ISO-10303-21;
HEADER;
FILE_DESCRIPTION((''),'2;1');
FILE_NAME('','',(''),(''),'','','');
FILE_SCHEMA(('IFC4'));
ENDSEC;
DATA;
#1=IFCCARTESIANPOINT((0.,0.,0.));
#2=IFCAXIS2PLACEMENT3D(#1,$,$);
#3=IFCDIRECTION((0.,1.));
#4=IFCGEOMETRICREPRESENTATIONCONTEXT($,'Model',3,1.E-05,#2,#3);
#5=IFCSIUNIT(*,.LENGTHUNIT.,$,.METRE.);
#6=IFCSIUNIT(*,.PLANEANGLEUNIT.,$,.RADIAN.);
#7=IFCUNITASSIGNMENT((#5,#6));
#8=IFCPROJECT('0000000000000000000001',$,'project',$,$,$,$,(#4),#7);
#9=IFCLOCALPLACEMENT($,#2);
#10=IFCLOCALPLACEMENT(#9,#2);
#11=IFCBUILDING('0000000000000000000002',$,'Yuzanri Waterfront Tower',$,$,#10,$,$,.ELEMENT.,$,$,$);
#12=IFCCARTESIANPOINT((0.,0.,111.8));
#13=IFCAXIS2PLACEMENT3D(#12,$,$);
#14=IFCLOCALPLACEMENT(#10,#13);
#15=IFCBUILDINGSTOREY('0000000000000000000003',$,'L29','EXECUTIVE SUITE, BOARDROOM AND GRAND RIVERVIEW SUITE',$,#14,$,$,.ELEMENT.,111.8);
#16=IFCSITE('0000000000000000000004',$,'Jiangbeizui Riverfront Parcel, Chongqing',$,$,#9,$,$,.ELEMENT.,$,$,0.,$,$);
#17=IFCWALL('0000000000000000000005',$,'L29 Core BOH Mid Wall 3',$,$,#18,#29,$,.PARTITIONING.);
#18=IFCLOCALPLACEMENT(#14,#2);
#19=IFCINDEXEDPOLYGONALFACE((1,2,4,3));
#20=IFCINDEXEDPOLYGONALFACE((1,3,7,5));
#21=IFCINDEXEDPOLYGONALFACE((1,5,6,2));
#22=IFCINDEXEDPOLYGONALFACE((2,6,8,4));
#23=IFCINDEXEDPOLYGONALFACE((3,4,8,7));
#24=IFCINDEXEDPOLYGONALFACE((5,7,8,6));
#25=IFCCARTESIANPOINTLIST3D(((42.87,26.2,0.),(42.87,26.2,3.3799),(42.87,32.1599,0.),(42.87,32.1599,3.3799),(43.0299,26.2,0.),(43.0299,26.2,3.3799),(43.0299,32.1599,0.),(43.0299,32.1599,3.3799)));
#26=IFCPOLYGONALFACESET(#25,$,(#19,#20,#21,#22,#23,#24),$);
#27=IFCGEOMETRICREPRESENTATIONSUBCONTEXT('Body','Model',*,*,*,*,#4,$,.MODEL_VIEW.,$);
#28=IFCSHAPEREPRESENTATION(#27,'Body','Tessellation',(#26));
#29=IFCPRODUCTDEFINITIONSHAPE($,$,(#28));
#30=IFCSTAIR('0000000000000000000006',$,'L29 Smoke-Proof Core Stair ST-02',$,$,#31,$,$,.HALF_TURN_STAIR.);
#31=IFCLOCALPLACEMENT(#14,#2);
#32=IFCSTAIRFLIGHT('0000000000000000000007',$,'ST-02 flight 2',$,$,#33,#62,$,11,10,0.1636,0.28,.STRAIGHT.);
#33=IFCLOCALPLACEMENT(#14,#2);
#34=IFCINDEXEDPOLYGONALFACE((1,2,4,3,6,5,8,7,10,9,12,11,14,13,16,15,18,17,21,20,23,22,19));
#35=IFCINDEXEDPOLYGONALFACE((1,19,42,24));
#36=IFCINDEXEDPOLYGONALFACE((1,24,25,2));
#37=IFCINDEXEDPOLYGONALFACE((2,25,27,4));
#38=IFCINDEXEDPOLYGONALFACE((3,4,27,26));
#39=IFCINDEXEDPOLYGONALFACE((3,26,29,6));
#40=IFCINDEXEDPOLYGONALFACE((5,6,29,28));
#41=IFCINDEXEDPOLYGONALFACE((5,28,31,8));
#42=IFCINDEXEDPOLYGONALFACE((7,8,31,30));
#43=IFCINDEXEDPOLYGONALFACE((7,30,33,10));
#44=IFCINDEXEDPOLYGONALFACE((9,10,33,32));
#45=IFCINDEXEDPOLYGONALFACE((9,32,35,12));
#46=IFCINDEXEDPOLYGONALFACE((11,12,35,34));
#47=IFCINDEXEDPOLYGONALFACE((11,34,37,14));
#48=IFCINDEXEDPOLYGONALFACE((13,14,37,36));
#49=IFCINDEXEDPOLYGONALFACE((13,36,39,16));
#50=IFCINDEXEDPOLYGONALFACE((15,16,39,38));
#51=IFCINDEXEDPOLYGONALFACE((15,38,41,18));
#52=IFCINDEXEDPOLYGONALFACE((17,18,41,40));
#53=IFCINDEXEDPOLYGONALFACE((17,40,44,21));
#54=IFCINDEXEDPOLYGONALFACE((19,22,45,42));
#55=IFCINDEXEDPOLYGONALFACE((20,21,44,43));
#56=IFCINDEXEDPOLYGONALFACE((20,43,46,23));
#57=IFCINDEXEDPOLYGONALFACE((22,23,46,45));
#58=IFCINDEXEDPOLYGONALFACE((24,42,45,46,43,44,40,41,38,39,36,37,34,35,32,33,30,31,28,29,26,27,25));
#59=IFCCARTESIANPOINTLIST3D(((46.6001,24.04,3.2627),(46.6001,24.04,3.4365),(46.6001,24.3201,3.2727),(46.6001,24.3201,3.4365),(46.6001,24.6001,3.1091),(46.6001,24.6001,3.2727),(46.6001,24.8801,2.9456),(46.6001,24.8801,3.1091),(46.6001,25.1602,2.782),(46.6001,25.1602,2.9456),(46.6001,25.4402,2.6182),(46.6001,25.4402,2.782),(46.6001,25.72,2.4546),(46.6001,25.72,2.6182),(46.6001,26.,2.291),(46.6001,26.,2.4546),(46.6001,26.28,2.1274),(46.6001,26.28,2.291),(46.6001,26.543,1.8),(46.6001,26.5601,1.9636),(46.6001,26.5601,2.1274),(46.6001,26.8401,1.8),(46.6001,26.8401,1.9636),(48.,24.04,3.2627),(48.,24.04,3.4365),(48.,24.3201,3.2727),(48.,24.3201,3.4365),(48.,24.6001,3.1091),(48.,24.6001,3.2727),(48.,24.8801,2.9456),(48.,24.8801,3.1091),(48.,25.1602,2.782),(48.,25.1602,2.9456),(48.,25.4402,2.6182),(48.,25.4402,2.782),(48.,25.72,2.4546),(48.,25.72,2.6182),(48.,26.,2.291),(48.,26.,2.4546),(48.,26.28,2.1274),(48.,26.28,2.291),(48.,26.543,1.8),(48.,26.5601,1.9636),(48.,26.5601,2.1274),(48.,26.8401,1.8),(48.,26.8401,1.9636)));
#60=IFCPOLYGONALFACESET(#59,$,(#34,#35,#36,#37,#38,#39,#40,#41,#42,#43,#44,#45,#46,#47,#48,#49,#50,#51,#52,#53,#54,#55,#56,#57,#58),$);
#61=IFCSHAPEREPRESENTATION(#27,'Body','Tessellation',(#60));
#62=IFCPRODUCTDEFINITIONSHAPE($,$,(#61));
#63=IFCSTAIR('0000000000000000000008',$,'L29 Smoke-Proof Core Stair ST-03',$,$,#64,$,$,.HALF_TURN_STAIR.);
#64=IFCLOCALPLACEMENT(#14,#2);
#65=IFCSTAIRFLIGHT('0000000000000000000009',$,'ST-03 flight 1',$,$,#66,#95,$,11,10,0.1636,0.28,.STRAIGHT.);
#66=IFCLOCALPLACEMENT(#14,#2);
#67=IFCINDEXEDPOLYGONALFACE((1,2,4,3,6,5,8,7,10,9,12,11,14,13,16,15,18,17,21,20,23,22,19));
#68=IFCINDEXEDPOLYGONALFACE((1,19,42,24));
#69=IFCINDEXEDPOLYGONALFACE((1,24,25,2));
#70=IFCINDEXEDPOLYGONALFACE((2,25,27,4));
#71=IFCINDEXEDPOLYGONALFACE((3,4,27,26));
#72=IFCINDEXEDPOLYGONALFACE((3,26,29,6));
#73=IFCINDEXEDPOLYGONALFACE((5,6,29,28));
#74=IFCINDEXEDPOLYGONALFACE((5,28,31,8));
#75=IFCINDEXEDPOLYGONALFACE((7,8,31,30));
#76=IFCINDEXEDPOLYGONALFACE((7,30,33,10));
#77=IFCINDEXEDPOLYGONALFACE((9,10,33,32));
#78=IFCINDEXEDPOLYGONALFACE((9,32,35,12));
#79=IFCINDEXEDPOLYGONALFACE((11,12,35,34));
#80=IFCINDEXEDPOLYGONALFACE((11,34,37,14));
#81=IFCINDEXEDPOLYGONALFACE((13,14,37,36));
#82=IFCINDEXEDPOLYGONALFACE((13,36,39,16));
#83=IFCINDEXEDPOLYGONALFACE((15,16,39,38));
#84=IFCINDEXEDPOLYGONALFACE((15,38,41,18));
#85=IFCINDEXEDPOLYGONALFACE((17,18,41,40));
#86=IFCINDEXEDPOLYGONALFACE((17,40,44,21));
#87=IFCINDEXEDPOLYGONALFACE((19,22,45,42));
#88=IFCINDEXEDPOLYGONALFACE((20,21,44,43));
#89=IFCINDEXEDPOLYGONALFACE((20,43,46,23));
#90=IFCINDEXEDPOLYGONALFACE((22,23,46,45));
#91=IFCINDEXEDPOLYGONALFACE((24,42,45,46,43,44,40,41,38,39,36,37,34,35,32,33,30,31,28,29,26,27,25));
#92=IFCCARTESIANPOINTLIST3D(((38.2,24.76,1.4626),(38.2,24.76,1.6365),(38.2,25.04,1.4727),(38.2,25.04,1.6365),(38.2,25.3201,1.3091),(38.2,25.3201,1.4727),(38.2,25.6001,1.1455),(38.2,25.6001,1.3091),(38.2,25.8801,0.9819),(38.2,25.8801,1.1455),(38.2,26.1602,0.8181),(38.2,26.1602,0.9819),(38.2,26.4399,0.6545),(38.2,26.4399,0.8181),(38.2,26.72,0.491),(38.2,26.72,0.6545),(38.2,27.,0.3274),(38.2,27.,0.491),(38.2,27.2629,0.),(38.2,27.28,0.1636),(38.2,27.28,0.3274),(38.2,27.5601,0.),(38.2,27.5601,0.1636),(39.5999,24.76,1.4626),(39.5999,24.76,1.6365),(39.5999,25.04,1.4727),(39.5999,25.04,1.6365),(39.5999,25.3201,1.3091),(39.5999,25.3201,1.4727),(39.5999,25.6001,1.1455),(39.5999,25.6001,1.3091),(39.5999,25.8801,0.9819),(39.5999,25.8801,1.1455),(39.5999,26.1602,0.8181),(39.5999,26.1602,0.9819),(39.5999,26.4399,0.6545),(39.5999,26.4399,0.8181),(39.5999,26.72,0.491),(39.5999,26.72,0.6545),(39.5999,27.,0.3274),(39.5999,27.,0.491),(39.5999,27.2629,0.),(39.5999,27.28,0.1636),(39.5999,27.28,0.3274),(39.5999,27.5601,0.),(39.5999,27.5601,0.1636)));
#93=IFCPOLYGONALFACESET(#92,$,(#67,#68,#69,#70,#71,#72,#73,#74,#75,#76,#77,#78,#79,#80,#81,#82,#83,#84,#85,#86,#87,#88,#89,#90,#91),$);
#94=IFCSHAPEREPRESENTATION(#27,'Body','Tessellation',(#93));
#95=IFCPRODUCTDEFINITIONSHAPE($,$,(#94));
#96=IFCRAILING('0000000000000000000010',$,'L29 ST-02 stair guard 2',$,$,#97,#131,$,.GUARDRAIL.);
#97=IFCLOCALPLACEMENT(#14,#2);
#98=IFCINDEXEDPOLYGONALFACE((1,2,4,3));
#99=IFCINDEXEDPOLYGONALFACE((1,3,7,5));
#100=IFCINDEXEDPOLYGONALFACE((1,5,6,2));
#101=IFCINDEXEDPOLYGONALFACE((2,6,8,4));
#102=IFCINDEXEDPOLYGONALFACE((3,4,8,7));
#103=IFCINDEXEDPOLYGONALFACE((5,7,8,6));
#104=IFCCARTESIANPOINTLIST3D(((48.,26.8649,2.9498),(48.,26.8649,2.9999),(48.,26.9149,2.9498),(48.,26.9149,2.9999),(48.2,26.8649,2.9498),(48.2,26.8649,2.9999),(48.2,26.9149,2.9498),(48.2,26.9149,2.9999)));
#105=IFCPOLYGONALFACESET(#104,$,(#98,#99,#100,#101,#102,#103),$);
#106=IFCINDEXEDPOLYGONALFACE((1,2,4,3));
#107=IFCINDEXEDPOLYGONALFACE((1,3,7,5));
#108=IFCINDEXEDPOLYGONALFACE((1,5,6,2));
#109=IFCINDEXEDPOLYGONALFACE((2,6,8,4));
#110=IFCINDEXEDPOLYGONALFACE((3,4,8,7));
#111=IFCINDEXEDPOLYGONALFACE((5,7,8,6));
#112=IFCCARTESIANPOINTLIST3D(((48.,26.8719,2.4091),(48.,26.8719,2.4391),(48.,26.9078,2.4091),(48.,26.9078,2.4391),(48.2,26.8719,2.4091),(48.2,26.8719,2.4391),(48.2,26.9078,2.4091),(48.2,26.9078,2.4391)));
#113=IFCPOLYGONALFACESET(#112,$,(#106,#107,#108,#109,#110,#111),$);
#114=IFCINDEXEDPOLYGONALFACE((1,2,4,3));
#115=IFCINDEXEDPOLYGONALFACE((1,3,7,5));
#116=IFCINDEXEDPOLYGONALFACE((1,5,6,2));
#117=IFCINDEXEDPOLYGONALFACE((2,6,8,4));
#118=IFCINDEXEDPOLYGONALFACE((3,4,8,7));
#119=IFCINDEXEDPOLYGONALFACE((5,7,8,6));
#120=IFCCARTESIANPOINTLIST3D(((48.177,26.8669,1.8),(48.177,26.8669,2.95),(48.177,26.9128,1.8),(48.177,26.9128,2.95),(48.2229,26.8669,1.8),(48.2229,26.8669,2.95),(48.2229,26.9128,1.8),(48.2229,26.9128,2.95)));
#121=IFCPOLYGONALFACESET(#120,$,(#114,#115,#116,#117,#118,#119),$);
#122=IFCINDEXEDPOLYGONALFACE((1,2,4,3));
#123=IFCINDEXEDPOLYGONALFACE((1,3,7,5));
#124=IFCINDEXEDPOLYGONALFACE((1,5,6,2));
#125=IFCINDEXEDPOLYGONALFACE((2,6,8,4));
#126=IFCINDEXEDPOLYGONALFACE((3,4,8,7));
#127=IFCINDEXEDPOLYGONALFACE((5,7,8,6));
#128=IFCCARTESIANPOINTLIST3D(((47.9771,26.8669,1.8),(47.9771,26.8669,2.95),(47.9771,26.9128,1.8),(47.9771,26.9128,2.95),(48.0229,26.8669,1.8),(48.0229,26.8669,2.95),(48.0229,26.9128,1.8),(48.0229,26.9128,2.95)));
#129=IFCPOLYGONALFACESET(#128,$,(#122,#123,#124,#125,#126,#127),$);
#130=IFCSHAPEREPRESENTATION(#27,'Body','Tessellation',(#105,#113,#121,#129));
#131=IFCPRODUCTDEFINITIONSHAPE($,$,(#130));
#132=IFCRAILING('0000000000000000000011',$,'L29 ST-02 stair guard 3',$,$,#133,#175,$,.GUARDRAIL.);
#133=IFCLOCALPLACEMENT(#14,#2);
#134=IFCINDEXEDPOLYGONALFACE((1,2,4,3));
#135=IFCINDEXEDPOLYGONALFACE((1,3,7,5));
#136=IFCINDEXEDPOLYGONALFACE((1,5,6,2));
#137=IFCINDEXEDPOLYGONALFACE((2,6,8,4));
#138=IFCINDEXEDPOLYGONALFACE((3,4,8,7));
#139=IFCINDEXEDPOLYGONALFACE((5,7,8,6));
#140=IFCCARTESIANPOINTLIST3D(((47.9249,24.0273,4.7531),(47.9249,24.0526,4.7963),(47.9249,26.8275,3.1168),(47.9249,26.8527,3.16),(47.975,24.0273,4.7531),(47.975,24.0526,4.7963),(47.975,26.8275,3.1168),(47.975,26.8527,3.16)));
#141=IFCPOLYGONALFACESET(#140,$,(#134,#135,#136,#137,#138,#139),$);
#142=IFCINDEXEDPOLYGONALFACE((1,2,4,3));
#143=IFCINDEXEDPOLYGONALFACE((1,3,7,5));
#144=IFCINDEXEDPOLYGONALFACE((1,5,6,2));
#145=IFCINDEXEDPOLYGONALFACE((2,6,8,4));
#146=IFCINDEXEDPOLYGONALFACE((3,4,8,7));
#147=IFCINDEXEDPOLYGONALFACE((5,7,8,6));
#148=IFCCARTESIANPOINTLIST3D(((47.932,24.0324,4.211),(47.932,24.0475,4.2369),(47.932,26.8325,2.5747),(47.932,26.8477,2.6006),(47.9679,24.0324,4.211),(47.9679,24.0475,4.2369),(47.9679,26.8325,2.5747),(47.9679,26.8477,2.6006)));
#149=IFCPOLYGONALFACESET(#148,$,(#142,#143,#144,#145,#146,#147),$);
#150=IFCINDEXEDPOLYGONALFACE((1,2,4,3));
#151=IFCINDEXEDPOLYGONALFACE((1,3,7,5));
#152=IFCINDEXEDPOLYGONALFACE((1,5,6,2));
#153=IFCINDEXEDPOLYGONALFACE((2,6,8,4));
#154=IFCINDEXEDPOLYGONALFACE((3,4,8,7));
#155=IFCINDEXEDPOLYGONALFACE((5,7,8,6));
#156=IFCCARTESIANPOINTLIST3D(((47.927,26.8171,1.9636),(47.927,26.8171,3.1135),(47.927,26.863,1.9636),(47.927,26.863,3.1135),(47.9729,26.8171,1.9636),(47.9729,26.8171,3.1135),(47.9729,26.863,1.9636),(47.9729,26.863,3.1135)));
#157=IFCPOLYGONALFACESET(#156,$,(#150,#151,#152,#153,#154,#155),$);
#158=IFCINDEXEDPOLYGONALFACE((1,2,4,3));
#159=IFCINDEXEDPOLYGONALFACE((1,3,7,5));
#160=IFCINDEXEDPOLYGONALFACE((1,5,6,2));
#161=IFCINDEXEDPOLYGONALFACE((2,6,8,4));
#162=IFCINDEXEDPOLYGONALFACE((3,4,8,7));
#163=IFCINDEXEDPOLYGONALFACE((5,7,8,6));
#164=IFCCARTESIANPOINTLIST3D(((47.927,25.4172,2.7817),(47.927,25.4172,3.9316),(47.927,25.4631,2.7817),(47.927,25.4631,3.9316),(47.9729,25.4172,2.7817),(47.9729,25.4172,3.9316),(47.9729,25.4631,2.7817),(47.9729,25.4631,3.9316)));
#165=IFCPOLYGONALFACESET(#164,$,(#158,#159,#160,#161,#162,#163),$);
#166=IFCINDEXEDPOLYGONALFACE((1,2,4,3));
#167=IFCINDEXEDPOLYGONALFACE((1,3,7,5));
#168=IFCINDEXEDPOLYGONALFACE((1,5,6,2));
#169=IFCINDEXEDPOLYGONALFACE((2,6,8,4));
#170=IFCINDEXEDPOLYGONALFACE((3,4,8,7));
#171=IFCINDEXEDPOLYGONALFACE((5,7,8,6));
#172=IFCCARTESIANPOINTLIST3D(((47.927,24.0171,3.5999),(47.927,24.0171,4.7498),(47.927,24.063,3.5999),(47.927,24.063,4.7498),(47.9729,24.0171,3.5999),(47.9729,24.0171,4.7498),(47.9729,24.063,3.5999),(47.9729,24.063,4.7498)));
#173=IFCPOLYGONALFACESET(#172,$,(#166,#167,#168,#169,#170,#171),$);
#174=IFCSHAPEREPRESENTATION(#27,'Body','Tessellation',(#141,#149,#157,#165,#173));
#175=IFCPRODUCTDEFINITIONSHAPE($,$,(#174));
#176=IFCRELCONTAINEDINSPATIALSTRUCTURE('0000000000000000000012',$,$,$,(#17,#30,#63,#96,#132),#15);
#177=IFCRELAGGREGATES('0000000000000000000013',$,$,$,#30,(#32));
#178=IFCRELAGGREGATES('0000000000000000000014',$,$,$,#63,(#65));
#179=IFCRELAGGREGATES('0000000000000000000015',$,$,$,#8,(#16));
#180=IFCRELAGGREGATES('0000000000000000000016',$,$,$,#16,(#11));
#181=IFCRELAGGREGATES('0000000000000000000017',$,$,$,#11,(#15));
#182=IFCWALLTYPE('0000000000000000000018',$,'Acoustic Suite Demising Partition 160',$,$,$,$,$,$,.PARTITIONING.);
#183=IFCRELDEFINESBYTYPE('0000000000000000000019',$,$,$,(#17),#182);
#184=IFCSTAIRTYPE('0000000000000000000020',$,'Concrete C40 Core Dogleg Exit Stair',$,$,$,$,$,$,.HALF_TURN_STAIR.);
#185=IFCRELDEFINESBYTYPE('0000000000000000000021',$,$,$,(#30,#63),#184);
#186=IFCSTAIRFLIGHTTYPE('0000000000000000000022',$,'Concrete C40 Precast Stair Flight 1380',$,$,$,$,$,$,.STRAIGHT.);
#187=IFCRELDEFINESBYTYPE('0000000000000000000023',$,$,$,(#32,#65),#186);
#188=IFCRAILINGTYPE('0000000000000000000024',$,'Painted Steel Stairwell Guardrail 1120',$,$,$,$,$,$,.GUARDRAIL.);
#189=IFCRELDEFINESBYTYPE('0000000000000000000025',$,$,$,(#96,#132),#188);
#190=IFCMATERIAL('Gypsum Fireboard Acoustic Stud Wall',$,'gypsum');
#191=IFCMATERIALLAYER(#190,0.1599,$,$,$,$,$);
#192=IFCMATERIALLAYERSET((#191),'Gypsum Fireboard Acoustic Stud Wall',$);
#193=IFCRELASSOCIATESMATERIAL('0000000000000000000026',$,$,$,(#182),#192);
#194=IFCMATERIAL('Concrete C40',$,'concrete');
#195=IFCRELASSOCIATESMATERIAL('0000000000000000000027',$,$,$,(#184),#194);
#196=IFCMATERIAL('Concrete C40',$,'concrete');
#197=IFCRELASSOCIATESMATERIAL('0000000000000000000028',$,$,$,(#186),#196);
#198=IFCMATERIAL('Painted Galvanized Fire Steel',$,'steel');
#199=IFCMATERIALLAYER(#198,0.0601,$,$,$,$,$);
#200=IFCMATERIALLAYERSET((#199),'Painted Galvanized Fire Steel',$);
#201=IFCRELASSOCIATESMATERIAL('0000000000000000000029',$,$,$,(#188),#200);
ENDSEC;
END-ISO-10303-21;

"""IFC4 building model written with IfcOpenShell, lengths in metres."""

from ifc_helpers import new_model, si_unit, direction, frame, frame_2d, origin, origin_2d, place, context, subcontext, project, spatial, polyline, rectangle, outline, extrude, source, transform, mapped, material, layer, layer_set, type_object, element, aggregate, save


model = new_model("IFC4")

# Units and contexts
model_context = context("Model", 3, precision=1e-05, world=origin(), true_north=direction((0.0, 1.0)))
body_context = subcontext(model_context, "Body", "Model", "MODEL_VIEW")
ifc_project = project(units=[si_unit("LENGTHUNIT", "METRE"), si_unit("PLANEANGLEUNIT", "RADIAN")], contexts=[model_context])

# Site, building, storey
site_placement = place(None, origin())
site = spatial("IfcSite", under=ifc_project, at=site_placement, Name="Jiangbeizui Riverfront Parcel, Chongqing", CompositionType="ELEMENT", RefElevation=0.0)
building_placement = place(site_placement, origin())
building = spatial("IfcBuilding", under=site, at=building_placement, Name="Yuzanri Waterfront Tower", CompositionType="ELEMENT")
storey_placement = place(building_placement, frame((0.0, 0.0, 111.8)))
storey = spatial("IfcBuildingStorey", under=building, at=storey_placement, Name="L29", Description="EXECUTIVE SUITE, BOARDROOM AND GRAND RIVERVIEW SUITE", CompositionType="ELEMENT", Elevation=111.8)

# Wall
ifc_material_1 = material(Name="Gypsum Fireboard Acoustic Stud Wall", Category="gypsum")
ifc_layer_1 = layer(ifc_material_1, 0.1599)
ifc_layer_set_1 = layer_set([ifc_layer_1], Name="Gypsum Fireboard Acoustic Stud Wall")
wall_type_1 = type_object("IfcWallType", Name="Acoustic Suite Demising Partition 160", PredefinedType="PARTITIONING", material=ifc_layer_set_1)
shared_shape_1 = source(origin(), body_context, "Body", "SweptSolid", [
    extrude(rectangle(XDim=5.96, YDim=0.1599, at=frame_2d((2.98, 0.0))), origin(), (0.0, 0.0, 1.0), 3.3799),
])
wall_1_placement = place(storey_placement, frame((42.95, 26.2, 0.0), z_axis=(0.0, 0.0, 1.0), x_axis=(0.0, 1.0, 0.0)))
element("IfcWall", 1, at=wall_1_placement, inside=storey, type_object=wall_type_1, Name="L29 Core BOH Mid Wall 3", PredefinedType="PARTITIONING", context=body_context, shape_type="MappedRepresentation", body=[
    mapped(shared_shape_1, transform((0.0, 0.0, 0.0), scale=1.0)),
])

# Stairs, stair flights
ifc_material_2 = material(Name="Concrete C40", Category="concrete")
stair_type = type_object("IfcStairType", Name="Concrete C40 Core Dogleg Exit Stair", PredefinedType="HALF_TURN_STAIR", material=ifc_material_2)
stair_1_placement = place(storey_placement, origin())
stair_1 = element("IfcStair", 2, at=stair_1_placement, inside=storey, type_object=stair_type, Name="L29 Smoke-Proof Core Stair ST-02", PredefinedType="HALF_TURN_STAIR")
ifc_material_3 = material(Name="Concrete C40", Category="concrete")
stair_flight_type = type_object("IfcStairFlightType", Name="Concrete C40 Precast Stair Flight 1380", PredefinedType="STRAIGHT", material=ifc_material_3)
shared_shape_2 = source(origin(), body_context, "Body", "SweptSolid", [
    extrude(outline(polyline([(0.0, 0.0), (0.0, 0.1636), (0.28, 0.1636), (0.28, 0.3274), (0.5601, 0.3274), (0.5601, 0.491), (0.8401, 0.491), (0.8401, 0.6545), (1.1201, 0.6545), (1.1201, 0.8181), (1.3999, 0.8181), (1.3999, 0.9819), (1.6799, 0.9819), (1.6799, 1.1455), (1.96, 1.1455), (1.96, 1.3091), (2.24, 1.3091), (2.24, 1.4727), (2.52, 1.4727), (2.52, 1.6365), (2.8, 1.6365), (2.8, 1.8), (2.8, 1.4626), (0.2971, 0.0), (0.0, 0.0)])), frame((0.0, 0.7, 0.0), z_axis=(0.0, -1.0, 0.0), x_axis=(1.0, 0.0, 0.0)), (0.0, 0.0, 1.0), 1.3999),
])
stair_flight_1_placement = place(storey_placement, frame((47.3, 26.8401, 1.8), z_axis=(0.0, 0.0, 1.0), x_axis=(0.0, -1.0, 0.0)))
stair_flight_1 = element("IfcStairFlight", 3, at=stair_flight_1_placement, type_object=stair_flight_type, Name="ST-02 flight 2", NumberOfRisers=11, NumberOfTreads=10, PredefinedType="STRAIGHT", RiserHeight=0.1636, TreadLength=0.28, context=body_context, shape_type="MappedRepresentation", body=[
    mapped(shared_shape_2, transform((0.0, 0.0, 0.0), scale=1.0)),
])
aggregate(stair_1, [stair_flight_1])
stair_2_placement = place(storey_placement, origin())
stair_2 = element("IfcStair", 4, at=stair_2_placement, inside=storey, type_object=stair_type, Name="L29 Smoke-Proof Core Stair ST-03", PredefinedType="HALF_TURN_STAIR")
stair_flight_2_placement = place(storey_placement, frame((38.8999, 27.5601, 0.0), z_axis=(0.0, 0.0, 1.0), x_axis=(0.0, -1.0, 0.0)))
stair_flight_2 = element("IfcStairFlight", 5, at=stair_flight_2_placement, type_object=stair_flight_type, Name="ST-03 flight 1", NumberOfRisers=11, NumberOfTreads=10, PredefinedType="STRAIGHT", RiserHeight=0.1636, TreadLength=0.28, context=body_context, shape_type="MappedRepresentation", body=[
    mapped(shared_shape_2, transform((0.0, 0.0, 0.0), scale=1.0)),
])
aggregate(stair_2, [stair_flight_2])

# Railings
ifc_material_4 = material(Name="Painted Galvanized Fire Steel", Category="steel")
ifc_layer_2 = layer(ifc_material_4, 0.0601)
ifc_layer_set_2 = layer_set([ifc_layer_2], Name="Painted Galvanized Fire Steel")
railing_type_1 = type_object("IfcRailingType", Name="Painted Steel Stairwell Guardrail 1120", PredefinedType="GUARDRAIL", material=ifc_layer_set_2)
shared_shape_3 = source(origin(), body_context, "Body", "SweptSolid", [
    extrude(rectangle(XDim=0.05, YDim=0.05, at=origin_2d()), frame((0.0, 0.0, 1.1748), z_axis=(-1.0, 0.0, 0.0), x_axis=(0.0, -1.0, 0.0)), (0.0, 0.0, 1.0), 0.2),
    extrude(rectangle(XDim=0.0359, YDim=0.03, at=origin_2d()), frame((0.0, 0.0, 0.624), z_axis=(-1.0, 0.0, 0.0), x_axis=(0.0, -1.0, 0.0)), (0.0, 0.0, 1.0), 0.2),
    extrude(rectangle(XDim=0.0459, YDim=0.0459, at=origin_2d()), origin(), (0.0, 0.0, 1.0), 1.1499),
    extrude(rectangle(XDim=0.0459, YDim=0.0459, at=origin_2d()), frame((-0.2, 0.0, 0.0)), (0.0, 0.0, 1.0), 1.1499),
])
railing_1_placement = place(storey_placement, frame((48.2, 26.8899, 1.8)))
element("IfcRailing", 6, at=railing_1_placement, inside=storey, type_object=railing_type_1, Name="L29 ST-02 stair guard 2", PredefinedType="GUARDRAIL", context=body_context, shape_type="MappedRepresentation", body=[
    mapped(shared_shape_3, transform((0.0, 0.0, 0.0), scale=1.0)),
])
shared_shape_4 = source(origin(), body_context, "Body", "SweptSolid", [
    extrude(rectangle(XDim=0.05, YDim=0.05, at=origin_2d()), frame((0.0, 0.0, 1.1748), z_axis=(0.0, -0.863394, 0.504531), x_axis=(1.0, 0.0, 0.0)), (0.0, 0.0, 1.0), 3.2432),
    extrude(rectangle(XDim=0.0359, YDim=0.03, at=origin_2d()), frame((0.0, 0.0, 0.624), z_axis=(0.0, -0.863394, 0.504531), x_axis=(1.0, 0.0, 0.0)), (0.0, 0.0, 1.0), 3.2432),
    extrude(rectangle(XDim=0.0459, YDim=0.0459, at=origin_2d()), origin(), (0.0, 0.0, 1.0), 1.1499),
    extrude(rectangle(XDim=0.0459, YDim=0.0459, at=origin_2d()), frame((0.0, -1.3999, 0.8181)), (0.0, 0.0, 1.0), 1.1499),
    extrude(rectangle(XDim=0.0459, YDim=0.0459, at=origin_2d()), frame((0.0, -2.8, 1.6362)), (0.0, 0.0, 1.0), 1.1499),
])
railing_2_placement = place(storey_placement, frame((47.95, 26.8401, 1.9636)))
element("IfcRailing", 7, at=railing_2_placement, inside=storey, type_object=railing_type_1, Name="L29 ST-02 stair guard 3", PredefinedType="GUARDRAIL", context=body_context, shape_type="MappedRepresentation", body=[
    mapped(shared_shape_4, transform((0.0, 0.0, 0.0), scale=1.0)),
])

save(model, "model.ifc")
